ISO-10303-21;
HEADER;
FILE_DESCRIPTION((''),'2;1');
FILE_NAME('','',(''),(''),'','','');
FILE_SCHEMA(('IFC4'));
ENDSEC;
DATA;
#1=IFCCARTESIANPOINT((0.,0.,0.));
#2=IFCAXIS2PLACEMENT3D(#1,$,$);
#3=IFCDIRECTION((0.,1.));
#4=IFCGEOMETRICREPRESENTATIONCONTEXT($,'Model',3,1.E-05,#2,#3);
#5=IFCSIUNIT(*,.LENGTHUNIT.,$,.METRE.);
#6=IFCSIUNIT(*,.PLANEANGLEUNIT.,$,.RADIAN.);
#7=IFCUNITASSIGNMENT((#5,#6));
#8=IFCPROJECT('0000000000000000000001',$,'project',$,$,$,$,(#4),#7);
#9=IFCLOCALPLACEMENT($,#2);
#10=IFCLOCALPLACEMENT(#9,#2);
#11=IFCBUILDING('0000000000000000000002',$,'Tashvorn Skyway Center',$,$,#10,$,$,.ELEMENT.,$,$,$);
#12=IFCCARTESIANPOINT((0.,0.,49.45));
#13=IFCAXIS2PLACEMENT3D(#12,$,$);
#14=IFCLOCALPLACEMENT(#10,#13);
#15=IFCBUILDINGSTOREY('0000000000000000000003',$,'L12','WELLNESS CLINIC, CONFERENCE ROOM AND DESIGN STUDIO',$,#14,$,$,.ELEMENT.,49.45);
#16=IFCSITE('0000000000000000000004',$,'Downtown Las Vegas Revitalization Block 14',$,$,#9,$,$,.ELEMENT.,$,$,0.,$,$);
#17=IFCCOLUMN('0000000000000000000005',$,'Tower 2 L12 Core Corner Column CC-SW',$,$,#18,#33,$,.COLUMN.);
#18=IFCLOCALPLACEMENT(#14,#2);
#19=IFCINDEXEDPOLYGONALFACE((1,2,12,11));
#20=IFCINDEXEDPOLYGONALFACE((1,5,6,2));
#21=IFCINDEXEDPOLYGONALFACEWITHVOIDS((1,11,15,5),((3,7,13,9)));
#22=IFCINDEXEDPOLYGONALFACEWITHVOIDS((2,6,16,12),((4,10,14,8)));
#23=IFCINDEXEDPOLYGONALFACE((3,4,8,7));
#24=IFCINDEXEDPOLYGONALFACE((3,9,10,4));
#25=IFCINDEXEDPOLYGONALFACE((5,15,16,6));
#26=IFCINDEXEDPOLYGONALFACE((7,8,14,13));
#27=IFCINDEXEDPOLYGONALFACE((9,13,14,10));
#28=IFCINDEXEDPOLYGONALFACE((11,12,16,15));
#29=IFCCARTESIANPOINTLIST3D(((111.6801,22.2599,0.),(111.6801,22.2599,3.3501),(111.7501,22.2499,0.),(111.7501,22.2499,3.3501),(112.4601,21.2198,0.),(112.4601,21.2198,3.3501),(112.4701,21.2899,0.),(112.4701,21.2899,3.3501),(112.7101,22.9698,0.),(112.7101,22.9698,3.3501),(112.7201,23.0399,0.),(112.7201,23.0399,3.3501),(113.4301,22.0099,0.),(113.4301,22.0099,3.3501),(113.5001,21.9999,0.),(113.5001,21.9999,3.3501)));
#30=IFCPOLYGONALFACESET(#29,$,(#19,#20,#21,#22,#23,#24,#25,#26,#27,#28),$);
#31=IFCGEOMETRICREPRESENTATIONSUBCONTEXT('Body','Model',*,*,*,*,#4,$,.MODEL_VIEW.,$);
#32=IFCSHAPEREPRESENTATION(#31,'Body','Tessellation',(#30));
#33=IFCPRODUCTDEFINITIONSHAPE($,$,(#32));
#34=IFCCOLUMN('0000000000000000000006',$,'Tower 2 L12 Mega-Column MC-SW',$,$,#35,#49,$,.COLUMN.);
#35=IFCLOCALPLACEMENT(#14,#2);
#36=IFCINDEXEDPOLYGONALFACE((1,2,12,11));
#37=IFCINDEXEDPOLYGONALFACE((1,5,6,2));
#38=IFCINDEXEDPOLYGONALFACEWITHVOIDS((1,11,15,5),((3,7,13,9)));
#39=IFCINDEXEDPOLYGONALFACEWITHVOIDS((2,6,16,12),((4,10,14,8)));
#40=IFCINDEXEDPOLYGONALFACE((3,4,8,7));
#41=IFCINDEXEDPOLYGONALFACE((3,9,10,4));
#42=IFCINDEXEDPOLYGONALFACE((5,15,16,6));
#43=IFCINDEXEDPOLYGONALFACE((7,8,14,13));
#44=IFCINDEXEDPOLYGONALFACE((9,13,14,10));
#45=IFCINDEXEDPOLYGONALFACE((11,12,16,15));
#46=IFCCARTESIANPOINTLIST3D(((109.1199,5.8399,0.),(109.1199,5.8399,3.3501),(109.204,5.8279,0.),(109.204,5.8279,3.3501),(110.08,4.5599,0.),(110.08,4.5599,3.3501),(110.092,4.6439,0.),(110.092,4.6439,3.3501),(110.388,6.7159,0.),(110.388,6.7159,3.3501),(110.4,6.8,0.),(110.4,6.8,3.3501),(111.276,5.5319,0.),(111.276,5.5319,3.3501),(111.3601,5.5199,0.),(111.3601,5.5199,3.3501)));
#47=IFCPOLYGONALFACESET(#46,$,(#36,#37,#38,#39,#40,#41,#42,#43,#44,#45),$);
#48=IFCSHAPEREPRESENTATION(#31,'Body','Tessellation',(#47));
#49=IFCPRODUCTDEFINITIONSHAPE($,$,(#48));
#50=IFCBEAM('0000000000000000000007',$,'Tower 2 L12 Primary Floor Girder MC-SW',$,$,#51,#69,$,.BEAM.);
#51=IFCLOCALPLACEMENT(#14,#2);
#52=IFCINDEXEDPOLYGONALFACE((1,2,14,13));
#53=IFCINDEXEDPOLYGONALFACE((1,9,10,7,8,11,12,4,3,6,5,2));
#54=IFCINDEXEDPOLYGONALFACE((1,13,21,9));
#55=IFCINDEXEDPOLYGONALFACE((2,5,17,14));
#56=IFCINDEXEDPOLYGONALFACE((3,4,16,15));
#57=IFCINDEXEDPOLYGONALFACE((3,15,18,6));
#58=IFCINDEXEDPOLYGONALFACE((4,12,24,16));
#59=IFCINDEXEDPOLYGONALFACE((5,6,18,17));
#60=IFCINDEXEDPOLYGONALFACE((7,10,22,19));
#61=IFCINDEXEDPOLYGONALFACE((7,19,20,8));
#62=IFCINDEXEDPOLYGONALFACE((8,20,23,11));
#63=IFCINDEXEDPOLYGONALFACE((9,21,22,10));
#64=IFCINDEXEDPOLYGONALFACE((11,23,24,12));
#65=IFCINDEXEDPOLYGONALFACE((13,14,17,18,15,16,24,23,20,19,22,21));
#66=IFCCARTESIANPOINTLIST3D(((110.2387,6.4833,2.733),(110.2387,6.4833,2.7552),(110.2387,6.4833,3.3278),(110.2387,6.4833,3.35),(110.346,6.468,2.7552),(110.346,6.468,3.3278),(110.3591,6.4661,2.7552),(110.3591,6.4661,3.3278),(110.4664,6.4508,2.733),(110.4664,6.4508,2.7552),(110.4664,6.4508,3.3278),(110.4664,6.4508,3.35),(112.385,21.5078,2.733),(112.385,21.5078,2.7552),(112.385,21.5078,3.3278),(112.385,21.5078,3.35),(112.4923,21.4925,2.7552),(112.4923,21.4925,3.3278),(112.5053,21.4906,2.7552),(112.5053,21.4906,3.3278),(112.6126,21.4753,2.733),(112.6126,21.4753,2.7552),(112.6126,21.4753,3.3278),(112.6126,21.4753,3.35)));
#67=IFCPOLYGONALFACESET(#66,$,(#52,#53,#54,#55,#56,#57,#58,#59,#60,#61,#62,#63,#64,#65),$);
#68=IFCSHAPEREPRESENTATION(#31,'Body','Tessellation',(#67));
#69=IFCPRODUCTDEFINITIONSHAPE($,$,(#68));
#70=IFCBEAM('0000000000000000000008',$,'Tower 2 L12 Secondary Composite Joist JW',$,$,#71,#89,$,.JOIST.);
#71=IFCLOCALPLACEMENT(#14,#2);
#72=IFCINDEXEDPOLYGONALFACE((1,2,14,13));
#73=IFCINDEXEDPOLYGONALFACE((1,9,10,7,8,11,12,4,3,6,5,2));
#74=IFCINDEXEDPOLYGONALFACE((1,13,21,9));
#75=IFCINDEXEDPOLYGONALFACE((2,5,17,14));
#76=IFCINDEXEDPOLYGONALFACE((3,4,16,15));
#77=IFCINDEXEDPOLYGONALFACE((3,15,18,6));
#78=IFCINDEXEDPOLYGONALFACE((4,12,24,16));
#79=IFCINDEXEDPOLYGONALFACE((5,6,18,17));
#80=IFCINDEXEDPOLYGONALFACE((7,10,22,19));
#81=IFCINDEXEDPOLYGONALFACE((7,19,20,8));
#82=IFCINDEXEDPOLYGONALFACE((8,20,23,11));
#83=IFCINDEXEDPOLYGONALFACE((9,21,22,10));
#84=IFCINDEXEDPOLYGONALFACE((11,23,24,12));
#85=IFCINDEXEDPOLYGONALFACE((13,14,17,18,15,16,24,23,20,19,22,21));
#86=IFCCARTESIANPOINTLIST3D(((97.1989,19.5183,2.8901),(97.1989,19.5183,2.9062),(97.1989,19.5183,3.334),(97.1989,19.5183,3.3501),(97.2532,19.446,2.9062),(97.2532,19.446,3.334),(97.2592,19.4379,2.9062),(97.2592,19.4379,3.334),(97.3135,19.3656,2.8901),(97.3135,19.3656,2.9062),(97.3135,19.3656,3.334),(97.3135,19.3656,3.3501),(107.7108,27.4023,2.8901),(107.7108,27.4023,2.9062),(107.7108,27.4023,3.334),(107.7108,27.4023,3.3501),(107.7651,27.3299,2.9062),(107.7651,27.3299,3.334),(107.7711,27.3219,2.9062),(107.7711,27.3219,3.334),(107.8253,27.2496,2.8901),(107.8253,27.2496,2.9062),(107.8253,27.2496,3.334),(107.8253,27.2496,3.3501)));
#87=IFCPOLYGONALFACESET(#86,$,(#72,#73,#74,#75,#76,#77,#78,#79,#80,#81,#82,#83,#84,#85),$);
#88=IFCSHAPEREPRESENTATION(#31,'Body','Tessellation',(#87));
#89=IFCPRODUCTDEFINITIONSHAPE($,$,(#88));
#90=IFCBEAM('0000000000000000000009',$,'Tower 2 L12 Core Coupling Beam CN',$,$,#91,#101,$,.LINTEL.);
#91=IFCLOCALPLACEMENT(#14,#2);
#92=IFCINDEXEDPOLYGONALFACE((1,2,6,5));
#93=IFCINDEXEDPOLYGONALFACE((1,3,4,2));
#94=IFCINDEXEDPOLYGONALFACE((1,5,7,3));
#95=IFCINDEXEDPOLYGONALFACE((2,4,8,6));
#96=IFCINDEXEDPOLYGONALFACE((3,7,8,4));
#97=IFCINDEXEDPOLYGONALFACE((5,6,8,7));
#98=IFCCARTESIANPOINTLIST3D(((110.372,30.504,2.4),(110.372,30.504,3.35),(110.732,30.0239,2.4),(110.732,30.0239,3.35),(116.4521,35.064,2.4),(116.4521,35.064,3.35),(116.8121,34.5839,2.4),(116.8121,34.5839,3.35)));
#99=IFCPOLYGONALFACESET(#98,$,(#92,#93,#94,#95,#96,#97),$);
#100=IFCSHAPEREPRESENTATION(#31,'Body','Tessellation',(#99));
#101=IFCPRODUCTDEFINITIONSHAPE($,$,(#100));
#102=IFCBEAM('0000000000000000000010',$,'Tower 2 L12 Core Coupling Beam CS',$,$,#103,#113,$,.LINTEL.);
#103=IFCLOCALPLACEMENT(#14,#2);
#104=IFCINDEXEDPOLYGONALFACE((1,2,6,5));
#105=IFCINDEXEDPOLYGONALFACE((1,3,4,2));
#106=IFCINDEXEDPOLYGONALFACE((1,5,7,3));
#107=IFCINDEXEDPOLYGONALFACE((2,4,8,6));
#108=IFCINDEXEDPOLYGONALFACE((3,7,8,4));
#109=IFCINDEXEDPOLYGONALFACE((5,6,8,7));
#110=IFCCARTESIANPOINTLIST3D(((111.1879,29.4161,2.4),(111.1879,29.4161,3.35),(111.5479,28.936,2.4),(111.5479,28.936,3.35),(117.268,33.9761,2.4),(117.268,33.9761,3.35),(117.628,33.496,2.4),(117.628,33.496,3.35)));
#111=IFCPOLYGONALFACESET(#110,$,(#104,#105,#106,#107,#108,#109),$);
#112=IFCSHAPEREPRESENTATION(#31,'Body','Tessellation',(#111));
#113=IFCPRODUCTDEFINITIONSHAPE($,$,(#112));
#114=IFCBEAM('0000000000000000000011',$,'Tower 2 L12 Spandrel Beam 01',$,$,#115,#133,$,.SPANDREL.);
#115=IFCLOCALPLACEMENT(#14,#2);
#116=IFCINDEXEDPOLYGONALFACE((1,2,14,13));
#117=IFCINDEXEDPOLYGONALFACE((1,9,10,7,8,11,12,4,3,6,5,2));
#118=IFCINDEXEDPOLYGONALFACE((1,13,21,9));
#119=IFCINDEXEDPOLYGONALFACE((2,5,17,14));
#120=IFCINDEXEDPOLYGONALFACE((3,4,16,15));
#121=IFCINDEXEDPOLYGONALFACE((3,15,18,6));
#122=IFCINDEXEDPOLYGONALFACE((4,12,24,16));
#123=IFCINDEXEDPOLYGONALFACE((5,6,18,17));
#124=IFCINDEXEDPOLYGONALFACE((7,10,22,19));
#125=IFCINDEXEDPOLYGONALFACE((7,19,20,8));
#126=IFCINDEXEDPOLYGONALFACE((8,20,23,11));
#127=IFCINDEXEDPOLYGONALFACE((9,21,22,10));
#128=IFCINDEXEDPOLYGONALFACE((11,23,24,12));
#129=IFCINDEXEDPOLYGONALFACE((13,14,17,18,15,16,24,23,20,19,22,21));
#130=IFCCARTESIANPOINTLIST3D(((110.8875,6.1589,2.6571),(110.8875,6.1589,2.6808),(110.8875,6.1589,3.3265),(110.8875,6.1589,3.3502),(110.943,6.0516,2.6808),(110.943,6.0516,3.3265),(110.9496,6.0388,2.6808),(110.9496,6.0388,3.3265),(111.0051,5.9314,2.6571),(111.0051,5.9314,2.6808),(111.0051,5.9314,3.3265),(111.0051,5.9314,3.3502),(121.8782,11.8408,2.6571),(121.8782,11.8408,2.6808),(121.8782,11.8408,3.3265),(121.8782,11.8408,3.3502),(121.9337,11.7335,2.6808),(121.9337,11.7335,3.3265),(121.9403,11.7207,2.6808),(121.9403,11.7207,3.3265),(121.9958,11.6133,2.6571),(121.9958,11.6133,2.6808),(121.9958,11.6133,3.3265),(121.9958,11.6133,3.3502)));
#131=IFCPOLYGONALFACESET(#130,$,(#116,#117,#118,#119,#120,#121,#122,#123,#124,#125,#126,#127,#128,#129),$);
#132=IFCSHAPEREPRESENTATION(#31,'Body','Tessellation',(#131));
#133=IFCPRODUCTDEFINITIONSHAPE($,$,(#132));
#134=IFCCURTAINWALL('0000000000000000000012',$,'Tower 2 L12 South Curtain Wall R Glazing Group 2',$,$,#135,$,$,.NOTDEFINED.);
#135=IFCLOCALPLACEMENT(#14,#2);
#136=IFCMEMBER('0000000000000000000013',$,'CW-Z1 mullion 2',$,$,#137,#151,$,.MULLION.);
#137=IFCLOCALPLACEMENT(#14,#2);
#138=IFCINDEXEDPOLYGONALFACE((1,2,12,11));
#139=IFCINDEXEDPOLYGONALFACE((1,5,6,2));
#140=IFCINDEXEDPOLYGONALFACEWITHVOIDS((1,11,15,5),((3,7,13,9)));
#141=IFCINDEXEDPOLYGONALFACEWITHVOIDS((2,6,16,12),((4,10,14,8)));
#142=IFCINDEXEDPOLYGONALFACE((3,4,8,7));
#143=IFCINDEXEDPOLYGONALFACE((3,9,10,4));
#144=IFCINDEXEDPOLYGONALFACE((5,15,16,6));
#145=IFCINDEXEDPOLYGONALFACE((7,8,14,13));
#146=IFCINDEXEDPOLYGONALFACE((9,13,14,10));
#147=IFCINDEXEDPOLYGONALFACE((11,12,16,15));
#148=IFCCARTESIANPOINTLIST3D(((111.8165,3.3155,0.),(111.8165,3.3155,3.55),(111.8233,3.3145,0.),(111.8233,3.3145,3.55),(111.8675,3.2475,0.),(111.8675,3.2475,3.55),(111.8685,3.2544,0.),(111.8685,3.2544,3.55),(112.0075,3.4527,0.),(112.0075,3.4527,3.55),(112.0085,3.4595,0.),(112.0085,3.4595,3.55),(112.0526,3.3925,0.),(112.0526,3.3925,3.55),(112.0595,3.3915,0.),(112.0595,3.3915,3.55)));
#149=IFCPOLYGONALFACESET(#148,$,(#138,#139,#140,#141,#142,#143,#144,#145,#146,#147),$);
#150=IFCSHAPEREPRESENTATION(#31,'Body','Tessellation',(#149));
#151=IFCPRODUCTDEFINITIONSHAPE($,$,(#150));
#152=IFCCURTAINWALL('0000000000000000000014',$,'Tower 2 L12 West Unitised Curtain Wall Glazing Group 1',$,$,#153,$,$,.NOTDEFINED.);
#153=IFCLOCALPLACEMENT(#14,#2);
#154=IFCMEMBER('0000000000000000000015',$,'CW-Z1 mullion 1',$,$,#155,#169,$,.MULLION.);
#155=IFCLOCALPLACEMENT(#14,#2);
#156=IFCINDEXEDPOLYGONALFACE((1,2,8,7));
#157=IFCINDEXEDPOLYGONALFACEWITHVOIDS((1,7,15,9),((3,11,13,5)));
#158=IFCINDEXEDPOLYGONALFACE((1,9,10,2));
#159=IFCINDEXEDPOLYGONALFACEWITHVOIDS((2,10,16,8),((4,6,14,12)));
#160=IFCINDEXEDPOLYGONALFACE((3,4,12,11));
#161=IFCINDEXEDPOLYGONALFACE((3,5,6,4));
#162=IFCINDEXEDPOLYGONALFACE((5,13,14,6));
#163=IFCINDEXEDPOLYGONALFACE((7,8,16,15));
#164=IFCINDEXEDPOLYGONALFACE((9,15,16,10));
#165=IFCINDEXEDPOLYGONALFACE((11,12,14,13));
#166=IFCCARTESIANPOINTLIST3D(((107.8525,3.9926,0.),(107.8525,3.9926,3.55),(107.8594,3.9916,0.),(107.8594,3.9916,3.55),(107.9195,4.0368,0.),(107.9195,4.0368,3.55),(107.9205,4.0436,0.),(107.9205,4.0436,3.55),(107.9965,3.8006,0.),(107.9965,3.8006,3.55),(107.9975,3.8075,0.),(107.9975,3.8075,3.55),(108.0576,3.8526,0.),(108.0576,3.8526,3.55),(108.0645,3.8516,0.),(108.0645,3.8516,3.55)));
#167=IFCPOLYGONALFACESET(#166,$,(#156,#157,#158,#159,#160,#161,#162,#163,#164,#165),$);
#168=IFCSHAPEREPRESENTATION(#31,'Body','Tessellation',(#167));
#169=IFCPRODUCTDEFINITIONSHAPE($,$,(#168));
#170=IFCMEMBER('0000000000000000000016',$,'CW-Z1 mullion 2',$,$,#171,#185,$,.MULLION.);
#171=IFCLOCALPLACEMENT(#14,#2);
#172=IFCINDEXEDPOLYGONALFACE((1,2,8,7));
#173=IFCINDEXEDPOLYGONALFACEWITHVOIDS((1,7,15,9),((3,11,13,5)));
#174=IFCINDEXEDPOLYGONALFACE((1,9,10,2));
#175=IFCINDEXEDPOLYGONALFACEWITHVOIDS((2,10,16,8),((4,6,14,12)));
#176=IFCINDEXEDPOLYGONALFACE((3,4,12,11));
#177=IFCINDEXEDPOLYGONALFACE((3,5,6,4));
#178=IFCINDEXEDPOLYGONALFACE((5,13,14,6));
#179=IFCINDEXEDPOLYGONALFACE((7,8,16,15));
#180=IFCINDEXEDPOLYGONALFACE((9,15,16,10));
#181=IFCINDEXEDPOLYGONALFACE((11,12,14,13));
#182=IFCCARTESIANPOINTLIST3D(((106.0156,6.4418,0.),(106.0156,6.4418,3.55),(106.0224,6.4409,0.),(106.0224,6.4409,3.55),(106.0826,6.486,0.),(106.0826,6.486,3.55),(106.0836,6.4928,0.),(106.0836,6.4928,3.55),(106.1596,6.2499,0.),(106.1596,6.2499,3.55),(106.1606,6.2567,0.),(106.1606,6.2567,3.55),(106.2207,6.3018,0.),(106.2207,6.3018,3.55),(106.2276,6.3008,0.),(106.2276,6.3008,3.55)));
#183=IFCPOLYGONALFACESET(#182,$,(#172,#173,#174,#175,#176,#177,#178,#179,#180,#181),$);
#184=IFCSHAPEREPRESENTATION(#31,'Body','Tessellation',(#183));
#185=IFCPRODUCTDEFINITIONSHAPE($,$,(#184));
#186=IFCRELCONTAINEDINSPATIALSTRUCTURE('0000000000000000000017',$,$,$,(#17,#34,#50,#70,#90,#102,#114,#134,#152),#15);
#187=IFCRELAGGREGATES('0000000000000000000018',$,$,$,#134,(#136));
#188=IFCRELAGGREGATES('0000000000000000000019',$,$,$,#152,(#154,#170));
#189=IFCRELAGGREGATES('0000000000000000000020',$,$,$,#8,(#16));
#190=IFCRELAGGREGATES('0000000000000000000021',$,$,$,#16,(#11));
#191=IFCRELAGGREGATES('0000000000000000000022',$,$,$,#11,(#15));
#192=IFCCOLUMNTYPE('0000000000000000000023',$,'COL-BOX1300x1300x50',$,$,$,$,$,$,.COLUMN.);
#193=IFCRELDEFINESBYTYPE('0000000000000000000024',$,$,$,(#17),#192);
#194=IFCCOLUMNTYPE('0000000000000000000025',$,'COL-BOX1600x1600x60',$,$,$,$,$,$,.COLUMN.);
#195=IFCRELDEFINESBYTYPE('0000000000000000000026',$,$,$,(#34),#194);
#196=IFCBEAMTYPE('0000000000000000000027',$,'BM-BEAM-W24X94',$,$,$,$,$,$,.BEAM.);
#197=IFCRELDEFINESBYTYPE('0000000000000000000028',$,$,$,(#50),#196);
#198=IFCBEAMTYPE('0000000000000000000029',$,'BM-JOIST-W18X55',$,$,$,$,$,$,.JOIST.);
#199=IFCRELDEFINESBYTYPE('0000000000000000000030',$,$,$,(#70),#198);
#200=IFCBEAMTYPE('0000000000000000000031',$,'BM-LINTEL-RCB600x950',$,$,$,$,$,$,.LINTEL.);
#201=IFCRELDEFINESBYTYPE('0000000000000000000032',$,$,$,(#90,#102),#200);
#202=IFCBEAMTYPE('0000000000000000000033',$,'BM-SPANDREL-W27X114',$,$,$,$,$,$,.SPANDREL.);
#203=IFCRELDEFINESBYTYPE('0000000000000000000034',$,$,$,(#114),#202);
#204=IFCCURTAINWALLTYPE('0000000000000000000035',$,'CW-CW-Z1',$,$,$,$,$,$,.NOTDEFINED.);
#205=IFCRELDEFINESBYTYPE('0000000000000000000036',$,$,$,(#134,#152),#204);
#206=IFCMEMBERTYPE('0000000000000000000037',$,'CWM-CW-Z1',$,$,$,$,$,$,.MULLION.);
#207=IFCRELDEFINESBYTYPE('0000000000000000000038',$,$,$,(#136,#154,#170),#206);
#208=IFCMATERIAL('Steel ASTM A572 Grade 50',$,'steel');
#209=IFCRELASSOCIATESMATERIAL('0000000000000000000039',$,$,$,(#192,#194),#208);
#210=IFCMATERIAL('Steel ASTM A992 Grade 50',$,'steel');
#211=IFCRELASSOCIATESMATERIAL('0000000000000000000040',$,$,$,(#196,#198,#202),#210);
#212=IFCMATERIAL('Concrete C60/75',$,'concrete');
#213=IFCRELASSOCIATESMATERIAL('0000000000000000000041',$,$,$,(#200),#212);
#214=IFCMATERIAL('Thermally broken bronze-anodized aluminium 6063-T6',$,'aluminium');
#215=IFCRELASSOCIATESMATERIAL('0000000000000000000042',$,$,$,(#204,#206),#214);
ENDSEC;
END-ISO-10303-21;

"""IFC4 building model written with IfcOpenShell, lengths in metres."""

from ifc_helpers import new_model, si_unit, direction, frame, origin, origin_2d, place, context, subcontext, project, spatial, rectangle, hollow_rectangle, i_section, extrude, material, material_profile, profile_set, type_object, element, aggregate, save


model = new_model("IFC4")

# Units and contexts
model_context = context("Model", 3, precision=1e-05, world=origin(), true_north=direction((0.0, 1.0)))
body_context = subcontext(model_context, "Body", "Model", "MODEL_VIEW")
ifc_project = project(units=[si_unit("LENGTHUNIT", "METRE"), si_unit("PLANEANGLEUNIT", "RADIAN")], contexts=[model_context])

# Site, building, storey
site_placement = place(None, origin())
site = spatial("IfcSite", under=ifc_project, at=site_placement, Name="Downtown Las Vegas Revitalization Block 14", CompositionType="ELEMENT", RefElevation=0.0)
building_placement = place(site_placement, origin())
building = spatial("IfcBuilding", under=site, at=building_placement, Name="Tashvorn Skyway Center", CompositionType="ELEMENT")
storey_placement = place(building_placement, frame((0.0, 0.0, 49.45)))
storey = spatial("IfcBuildingStorey", under=building, at=storey_placement, Name="L12", Description="WELLNESS CLINIC, CONFERENCE ROOM AND DESIGN STUDIO", CompositionType="ELEMENT", Elevation=49.45)

# Columns
ifc_material_1 = material(Name="Steel ASTM A572 Grade 50", Category="steel")
ifc_material_profile_1 = material_profile(ifc_material_1, hollow_rectangle(XDim=1.3, YDim=1.3, WallThickness=0.05, at=origin_2d()), Name="BOX1300x1300x50")
ifc_profile_set_1 = profile_set([ifc_material_profile_1], Name="Steel ASTM A572 Grade 50")
column_type_1 = type_object("IfcColumnType", Name="COL-BOX1300x1300x50", PredefinedType="COLUMN", material=ifc_profile_set_1)
column_1_placement = place(storey_placement, frame((112.5901, 22.1299, 0.0), z_axis=(0.0, 0.0, 1.0), x_axis=(0.8, 0.6, 0.0)))
element("IfcColumn", 1, at=column_1_placement, inside=storey, type_object=column_type_1, Name="Tower 2 L12 Core Corner Column CC-SW", PredefinedType="COLUMN", context=body_context, shape_type="SweptSolid", body=[
    extrude(hollow_rectangle(XDim=1.3, YDim=1.3, WallThickness=0.05, at=origin_2d()), origin(), (0.0, 0.0, 1.0), 3.3501),
])
ifc_material_profile_2 = material_profile(ifc_material_1, hollow_rectangle(XDim=1.6001, YDim=1.6001, WallThickness=0.0601, at=origin_2d()), Name="BOX1600x1600x60")
ifc_profile_set_2 = profile_set([ifc_material_profile_2], Name="Steel ASTM A572 Grade 50")
column_type_2 = type_object("IfcColumnType", Name="COL-BOX1600x1600x60", PredefinedType="COLUMN", material=ifc_profile_set_2)
column_2_placement = place(storey_placement, frame((110.24, 5.6799, 0.0), z_axis=(0.0, 0.0, 1.0), x_axis=(0.8, 0.6, 0.0)))
element("IfcColumn", 2, at=column_2_placement, inside=storey, type_object=column_type_2, Name="Tower 2 L12 Mega-Column MC-SW", PredefinedType="COLUMN", context=body_context, shape_type="SweptSolid", body=[
    extrude(hollow_rectangle(XDim=1.6001, YDim=1.6001, WallThickness=0.0601, at=origin_2d()), origin(), (0.0, 0.0, 1.0), 3.3501),
])

# Beams
ifc_material_2 = material(Name="Steel ASTM A992 Grade 50", Category="steel")
ifc_material_profile_3 = material_profile(ifc_material_2, i_section(OverallWidth=0.23, OverallDepth=0.6169, WebThickness=0.0132, FlangeThickness=0.0222, at=origin_2d()), Name="W24X94")
ifc_profile_set_3 = profile_set([ifc_material_profile_3], Name="Steel ASTM A992 Grade 50")
beam_type_1 = type_object("IfcBeamType", Name="BM-BEAM-W24X94", PredefinedType="BEAM", material=ifc_profile_set_3)
beam_1_placement = place(storey_placement, frame((110.3525, 6.467, 3.0415), z_axis=(0.141415, 0.98995, 0.0), x_axis=(-0.98995, 0.141415, 0.0)))
element("IfcBeam", 3, at=beam_1_placement, inside=storey, type_object=beam_type_1, Name="Tower 2 L12 Primary Floor Girder MC-SW", PredefinedType="BEAM", context=body_context, shape_type="SweptSolid", body=[
    extrude(i_section(OverallWidth=0.23, OverallDepth=0.6169, WebThickness=0.0132, FlangeThickness=0.0222, at=origin_2d()), origin(), (0.0, 0.0, 1.0), 15.177),
])
ifc_material_profile_4 = material_profile(ifc_material_2, i_section(OverallWidth=0.1909, OverallDepth=0.46, WebThickness=0.01, FlangeThickness=0.0161, at=origin_2d()), Name="W18X55")
ifc_profile_set_4 = profile_set([ifc_material_profile_4], Name="Steel ASTM A992 Grade 50")
beam_type_2 = type_object("IfcBeamType", Name="BM-JOIST-W18X55", PredefinedType="JOIST", material=ifc_profile_set_4)
beam_2_placement = place(storey_placement, frame((107.7681, 27.3259, 3.1201), z_axis=(-0.799998, -0.600003, 0.0), x_axis=(0.600003, -0.799998, 0.0)))
element("IfcBeam", 4, at=beam_2_placement, inside=storey, type_object=beam_type_2, Name="Tower 2 L12 Secondary Composite Joist JW", PredefinedType="JOIST", context=body_context, shape_type="SweptSolid", body=[
    extrude(i_section(OverallWidth=0.1909, OverallDepth=0.46, WebThickness=0.01, FlangeThickness=0.0161, at=origin_2d()), origin(), (0.0, 0.0, 1.0), 13.1399),
])
ifc_material_3 = material(Name="Concrete C60/75", Category="concrete")
ifc_material_profile_5 = material_profile(ifc_material_3, rectangle(XDim=0.6001, YDim=0.95, at=origin_2d()), Name="RCB600x950")
ifc_profile_set_5 = profile_set([ifc_material_profile_5], Name="Concrete C60/75")
beam_type_3 = type_object("IfcBeamType", Name="BM-LINTEL-RCB600x950", PredefinedType="LINTEL", material=ifc_profile_set_5)
for number, where, z_axis, x_axis, name in (
    (5, (110.552, 30.2639, 2.875), (0.8, 0.6, 0.0), (-0.6, 0.8, 0.0), "Tower 2 L12 Core Coupling Beam CN"),
    (6, (111.3679, 29.176, 2.875), (0.8, 0.6, 0.0), (-0.6, 0.8, 0.0), "Tower 2 L12 Core Coupling Beam CS"),
):
    element("IfcBeam", number, at=place(storey_placement, frame(where, z_axis=z_axis, x_axis=x_axis)), inside=storey, type_object=beam_type_3, Name=name, PredefinedType="LINTEL", context=body_context, shape_type="SweptSolid", body=[
        extrude(rectangle(XDim=0.6001, YDim=0.95, at=origin_2d()), origin(), (0.0, 0.0, 1.0), 7.6001),
    ])
ifc_material_profile_6 = material_profile(ifc_material_2, i_section(OverallWidth=0.2561, OverallDepth=0.6931, WebThickness=0.0144, FlangeThickness=0.0237, at=origin_2d()), Name="W27X114")
ifc_profile_set_6 = profile_set([ifc_material_profile_6], Name="Steel ASTM A992 Grade 50")
beam_type_4 = type_object("IfcBeamType", Name="BM-SPANDREL-W27X114", PredefinedType="SPANDREL", material=ifc_profile_set_6)
beam_3_placement = place(storey_placement, frame((110.9463, 6.0452, 3.0037), z_axis=(0.888316, 0.459233, 0.0), x_axis=(-0.459233, 0.888316, 0.0)))
element("IfcBeam", 7, at=beam_3_placement, inside=storey, type_object=beam_type_4, Name="Tower 2 L12 Spandrel Beam 01", PredefinedType="SPANDREL", context=body_context, shape_type="SweptSolid", body=[
    extrude(i_section(OverallWidth=0.2561, OverallDepth=0.6931, WebThickness=0.0144, FlangeThickness=0.0237, at=origin_2d()), origin(), (0.0, 0.0, 1.0), 12.3726),
])

# Curtain wall, member
ifc_material_4 = material(Name="Thermally broken bronze-anodized aluminium 6063-T6", Category="aluminium")
curtain_wall_type = type_object("IfcCurtainWallType", Name="CW-CW-Z1", PredefinedType="NOTDEFINED", material=ifc_material_4)
curtain_wall_1_placement = place(storey_placement, origin())
curtain_wall_1 = element("IfcCurtainWall", 8, at=curtain_wall_1_placement, inside=storey, type_object=curtain_wall_type, Name="Tower 2 L12 South Curtain Wall R Glazing Group 2", PredefinedType="NOTDEFINED")
ifc_material_profile_7 = material_profile(ifc_material_4, hollow_rectangle(XDim=0.085, YDim=0.24, WallThickness=0.0049, at=origin_2d()), Name="ALU-MULL-85x240")
ifc_profile_set_7 = profile_set([ifc_material_profile_7], Name="Thermally broken bronze-anodized aluminium 6063-T6")
member_type_1 = type_object("IfcMemberType", Name="CWM-CW-Z1", PredefinedType="MULLION", material=ifc_profile_set_7)
member_1_placement = place(storey_placement, frame((111.938, 3.3535, 0.0), z_axis=(0.0, 0.0, 1.0), x_axis=(0.600003, -0.799998, 0.0)))
member_1 = element("IfcMember", 9, at=member_1_placement, type_object=member_type_1, Name="CW-Z1 mullion 2", PredefinedType="MULLION", context=body_context, shape_type="SweptSolid", body=[
    extrude(hollow_rectangle(XDim=0.085, YDim=0.24, WallThickness=0.0049, at=origin_2d()), origin(), (0.0, 0.0, 1.0), 3.55),
])

# Curtain wall, members
curtain_wall_2_placement = place(storey_placement, origin())
curtain_wall_2 = element("IfcCurtainWall", 10, at=curtain_wall_2_placement, inside=storey, type_object=curtain_wall_type, Name="Tower 2 L12 West Unitised Curtain Wall Glazing Group 1", PredefinedType="NOTDEFINED")
member_2_placement = place(storey_placement, frame((107.9585, 3.9221, 0.0), z_axis=(0.0, 0.0, 1.0), x_axis=(-0.799996, -0.600005, 0.0)))
member_2 = element("IfcMember", 11, at=member_2_placement, type_object=member_type_1, Name="CW-Z1 mullion 1", PredefinedType="MULLION", context=body_context, shape_type="SweptSolid", body=[
    extrude(hollow_rectangle(XDim=0.085, YDim=0.24, WallThickness=0.0049, at=origin_2d()), origin(), (0.0, 0.0, 1.0), 3.55),
])
member_3_placement = place(storey_placement, frame((106.1216, 6.3713, 0.0), z_axis=(0.0, 0.0, 1.0), x_axis=(-0.799996, -0.600005, 0.0)))
member_3 = element("IfcMember", 12, at=member_3_placement, type_object=member_type_1, Name="CW-Z1 mullion 2", PredefinedType="MULLION", context=body_context, shape_type="SweptSolid", body=[
    extrude(hollow_rectangle(XDim=0.085, YDim=0.24, WallThickness=0.0049, at=origin_2d()), origin(), (0.0, 0.0, 1.0), 3.55),
])

aggregate(curtain_wall_1, [member_1])
aggregate(curtain_wall_2, [member_2, member_3])

save(model, "model.ifc")
